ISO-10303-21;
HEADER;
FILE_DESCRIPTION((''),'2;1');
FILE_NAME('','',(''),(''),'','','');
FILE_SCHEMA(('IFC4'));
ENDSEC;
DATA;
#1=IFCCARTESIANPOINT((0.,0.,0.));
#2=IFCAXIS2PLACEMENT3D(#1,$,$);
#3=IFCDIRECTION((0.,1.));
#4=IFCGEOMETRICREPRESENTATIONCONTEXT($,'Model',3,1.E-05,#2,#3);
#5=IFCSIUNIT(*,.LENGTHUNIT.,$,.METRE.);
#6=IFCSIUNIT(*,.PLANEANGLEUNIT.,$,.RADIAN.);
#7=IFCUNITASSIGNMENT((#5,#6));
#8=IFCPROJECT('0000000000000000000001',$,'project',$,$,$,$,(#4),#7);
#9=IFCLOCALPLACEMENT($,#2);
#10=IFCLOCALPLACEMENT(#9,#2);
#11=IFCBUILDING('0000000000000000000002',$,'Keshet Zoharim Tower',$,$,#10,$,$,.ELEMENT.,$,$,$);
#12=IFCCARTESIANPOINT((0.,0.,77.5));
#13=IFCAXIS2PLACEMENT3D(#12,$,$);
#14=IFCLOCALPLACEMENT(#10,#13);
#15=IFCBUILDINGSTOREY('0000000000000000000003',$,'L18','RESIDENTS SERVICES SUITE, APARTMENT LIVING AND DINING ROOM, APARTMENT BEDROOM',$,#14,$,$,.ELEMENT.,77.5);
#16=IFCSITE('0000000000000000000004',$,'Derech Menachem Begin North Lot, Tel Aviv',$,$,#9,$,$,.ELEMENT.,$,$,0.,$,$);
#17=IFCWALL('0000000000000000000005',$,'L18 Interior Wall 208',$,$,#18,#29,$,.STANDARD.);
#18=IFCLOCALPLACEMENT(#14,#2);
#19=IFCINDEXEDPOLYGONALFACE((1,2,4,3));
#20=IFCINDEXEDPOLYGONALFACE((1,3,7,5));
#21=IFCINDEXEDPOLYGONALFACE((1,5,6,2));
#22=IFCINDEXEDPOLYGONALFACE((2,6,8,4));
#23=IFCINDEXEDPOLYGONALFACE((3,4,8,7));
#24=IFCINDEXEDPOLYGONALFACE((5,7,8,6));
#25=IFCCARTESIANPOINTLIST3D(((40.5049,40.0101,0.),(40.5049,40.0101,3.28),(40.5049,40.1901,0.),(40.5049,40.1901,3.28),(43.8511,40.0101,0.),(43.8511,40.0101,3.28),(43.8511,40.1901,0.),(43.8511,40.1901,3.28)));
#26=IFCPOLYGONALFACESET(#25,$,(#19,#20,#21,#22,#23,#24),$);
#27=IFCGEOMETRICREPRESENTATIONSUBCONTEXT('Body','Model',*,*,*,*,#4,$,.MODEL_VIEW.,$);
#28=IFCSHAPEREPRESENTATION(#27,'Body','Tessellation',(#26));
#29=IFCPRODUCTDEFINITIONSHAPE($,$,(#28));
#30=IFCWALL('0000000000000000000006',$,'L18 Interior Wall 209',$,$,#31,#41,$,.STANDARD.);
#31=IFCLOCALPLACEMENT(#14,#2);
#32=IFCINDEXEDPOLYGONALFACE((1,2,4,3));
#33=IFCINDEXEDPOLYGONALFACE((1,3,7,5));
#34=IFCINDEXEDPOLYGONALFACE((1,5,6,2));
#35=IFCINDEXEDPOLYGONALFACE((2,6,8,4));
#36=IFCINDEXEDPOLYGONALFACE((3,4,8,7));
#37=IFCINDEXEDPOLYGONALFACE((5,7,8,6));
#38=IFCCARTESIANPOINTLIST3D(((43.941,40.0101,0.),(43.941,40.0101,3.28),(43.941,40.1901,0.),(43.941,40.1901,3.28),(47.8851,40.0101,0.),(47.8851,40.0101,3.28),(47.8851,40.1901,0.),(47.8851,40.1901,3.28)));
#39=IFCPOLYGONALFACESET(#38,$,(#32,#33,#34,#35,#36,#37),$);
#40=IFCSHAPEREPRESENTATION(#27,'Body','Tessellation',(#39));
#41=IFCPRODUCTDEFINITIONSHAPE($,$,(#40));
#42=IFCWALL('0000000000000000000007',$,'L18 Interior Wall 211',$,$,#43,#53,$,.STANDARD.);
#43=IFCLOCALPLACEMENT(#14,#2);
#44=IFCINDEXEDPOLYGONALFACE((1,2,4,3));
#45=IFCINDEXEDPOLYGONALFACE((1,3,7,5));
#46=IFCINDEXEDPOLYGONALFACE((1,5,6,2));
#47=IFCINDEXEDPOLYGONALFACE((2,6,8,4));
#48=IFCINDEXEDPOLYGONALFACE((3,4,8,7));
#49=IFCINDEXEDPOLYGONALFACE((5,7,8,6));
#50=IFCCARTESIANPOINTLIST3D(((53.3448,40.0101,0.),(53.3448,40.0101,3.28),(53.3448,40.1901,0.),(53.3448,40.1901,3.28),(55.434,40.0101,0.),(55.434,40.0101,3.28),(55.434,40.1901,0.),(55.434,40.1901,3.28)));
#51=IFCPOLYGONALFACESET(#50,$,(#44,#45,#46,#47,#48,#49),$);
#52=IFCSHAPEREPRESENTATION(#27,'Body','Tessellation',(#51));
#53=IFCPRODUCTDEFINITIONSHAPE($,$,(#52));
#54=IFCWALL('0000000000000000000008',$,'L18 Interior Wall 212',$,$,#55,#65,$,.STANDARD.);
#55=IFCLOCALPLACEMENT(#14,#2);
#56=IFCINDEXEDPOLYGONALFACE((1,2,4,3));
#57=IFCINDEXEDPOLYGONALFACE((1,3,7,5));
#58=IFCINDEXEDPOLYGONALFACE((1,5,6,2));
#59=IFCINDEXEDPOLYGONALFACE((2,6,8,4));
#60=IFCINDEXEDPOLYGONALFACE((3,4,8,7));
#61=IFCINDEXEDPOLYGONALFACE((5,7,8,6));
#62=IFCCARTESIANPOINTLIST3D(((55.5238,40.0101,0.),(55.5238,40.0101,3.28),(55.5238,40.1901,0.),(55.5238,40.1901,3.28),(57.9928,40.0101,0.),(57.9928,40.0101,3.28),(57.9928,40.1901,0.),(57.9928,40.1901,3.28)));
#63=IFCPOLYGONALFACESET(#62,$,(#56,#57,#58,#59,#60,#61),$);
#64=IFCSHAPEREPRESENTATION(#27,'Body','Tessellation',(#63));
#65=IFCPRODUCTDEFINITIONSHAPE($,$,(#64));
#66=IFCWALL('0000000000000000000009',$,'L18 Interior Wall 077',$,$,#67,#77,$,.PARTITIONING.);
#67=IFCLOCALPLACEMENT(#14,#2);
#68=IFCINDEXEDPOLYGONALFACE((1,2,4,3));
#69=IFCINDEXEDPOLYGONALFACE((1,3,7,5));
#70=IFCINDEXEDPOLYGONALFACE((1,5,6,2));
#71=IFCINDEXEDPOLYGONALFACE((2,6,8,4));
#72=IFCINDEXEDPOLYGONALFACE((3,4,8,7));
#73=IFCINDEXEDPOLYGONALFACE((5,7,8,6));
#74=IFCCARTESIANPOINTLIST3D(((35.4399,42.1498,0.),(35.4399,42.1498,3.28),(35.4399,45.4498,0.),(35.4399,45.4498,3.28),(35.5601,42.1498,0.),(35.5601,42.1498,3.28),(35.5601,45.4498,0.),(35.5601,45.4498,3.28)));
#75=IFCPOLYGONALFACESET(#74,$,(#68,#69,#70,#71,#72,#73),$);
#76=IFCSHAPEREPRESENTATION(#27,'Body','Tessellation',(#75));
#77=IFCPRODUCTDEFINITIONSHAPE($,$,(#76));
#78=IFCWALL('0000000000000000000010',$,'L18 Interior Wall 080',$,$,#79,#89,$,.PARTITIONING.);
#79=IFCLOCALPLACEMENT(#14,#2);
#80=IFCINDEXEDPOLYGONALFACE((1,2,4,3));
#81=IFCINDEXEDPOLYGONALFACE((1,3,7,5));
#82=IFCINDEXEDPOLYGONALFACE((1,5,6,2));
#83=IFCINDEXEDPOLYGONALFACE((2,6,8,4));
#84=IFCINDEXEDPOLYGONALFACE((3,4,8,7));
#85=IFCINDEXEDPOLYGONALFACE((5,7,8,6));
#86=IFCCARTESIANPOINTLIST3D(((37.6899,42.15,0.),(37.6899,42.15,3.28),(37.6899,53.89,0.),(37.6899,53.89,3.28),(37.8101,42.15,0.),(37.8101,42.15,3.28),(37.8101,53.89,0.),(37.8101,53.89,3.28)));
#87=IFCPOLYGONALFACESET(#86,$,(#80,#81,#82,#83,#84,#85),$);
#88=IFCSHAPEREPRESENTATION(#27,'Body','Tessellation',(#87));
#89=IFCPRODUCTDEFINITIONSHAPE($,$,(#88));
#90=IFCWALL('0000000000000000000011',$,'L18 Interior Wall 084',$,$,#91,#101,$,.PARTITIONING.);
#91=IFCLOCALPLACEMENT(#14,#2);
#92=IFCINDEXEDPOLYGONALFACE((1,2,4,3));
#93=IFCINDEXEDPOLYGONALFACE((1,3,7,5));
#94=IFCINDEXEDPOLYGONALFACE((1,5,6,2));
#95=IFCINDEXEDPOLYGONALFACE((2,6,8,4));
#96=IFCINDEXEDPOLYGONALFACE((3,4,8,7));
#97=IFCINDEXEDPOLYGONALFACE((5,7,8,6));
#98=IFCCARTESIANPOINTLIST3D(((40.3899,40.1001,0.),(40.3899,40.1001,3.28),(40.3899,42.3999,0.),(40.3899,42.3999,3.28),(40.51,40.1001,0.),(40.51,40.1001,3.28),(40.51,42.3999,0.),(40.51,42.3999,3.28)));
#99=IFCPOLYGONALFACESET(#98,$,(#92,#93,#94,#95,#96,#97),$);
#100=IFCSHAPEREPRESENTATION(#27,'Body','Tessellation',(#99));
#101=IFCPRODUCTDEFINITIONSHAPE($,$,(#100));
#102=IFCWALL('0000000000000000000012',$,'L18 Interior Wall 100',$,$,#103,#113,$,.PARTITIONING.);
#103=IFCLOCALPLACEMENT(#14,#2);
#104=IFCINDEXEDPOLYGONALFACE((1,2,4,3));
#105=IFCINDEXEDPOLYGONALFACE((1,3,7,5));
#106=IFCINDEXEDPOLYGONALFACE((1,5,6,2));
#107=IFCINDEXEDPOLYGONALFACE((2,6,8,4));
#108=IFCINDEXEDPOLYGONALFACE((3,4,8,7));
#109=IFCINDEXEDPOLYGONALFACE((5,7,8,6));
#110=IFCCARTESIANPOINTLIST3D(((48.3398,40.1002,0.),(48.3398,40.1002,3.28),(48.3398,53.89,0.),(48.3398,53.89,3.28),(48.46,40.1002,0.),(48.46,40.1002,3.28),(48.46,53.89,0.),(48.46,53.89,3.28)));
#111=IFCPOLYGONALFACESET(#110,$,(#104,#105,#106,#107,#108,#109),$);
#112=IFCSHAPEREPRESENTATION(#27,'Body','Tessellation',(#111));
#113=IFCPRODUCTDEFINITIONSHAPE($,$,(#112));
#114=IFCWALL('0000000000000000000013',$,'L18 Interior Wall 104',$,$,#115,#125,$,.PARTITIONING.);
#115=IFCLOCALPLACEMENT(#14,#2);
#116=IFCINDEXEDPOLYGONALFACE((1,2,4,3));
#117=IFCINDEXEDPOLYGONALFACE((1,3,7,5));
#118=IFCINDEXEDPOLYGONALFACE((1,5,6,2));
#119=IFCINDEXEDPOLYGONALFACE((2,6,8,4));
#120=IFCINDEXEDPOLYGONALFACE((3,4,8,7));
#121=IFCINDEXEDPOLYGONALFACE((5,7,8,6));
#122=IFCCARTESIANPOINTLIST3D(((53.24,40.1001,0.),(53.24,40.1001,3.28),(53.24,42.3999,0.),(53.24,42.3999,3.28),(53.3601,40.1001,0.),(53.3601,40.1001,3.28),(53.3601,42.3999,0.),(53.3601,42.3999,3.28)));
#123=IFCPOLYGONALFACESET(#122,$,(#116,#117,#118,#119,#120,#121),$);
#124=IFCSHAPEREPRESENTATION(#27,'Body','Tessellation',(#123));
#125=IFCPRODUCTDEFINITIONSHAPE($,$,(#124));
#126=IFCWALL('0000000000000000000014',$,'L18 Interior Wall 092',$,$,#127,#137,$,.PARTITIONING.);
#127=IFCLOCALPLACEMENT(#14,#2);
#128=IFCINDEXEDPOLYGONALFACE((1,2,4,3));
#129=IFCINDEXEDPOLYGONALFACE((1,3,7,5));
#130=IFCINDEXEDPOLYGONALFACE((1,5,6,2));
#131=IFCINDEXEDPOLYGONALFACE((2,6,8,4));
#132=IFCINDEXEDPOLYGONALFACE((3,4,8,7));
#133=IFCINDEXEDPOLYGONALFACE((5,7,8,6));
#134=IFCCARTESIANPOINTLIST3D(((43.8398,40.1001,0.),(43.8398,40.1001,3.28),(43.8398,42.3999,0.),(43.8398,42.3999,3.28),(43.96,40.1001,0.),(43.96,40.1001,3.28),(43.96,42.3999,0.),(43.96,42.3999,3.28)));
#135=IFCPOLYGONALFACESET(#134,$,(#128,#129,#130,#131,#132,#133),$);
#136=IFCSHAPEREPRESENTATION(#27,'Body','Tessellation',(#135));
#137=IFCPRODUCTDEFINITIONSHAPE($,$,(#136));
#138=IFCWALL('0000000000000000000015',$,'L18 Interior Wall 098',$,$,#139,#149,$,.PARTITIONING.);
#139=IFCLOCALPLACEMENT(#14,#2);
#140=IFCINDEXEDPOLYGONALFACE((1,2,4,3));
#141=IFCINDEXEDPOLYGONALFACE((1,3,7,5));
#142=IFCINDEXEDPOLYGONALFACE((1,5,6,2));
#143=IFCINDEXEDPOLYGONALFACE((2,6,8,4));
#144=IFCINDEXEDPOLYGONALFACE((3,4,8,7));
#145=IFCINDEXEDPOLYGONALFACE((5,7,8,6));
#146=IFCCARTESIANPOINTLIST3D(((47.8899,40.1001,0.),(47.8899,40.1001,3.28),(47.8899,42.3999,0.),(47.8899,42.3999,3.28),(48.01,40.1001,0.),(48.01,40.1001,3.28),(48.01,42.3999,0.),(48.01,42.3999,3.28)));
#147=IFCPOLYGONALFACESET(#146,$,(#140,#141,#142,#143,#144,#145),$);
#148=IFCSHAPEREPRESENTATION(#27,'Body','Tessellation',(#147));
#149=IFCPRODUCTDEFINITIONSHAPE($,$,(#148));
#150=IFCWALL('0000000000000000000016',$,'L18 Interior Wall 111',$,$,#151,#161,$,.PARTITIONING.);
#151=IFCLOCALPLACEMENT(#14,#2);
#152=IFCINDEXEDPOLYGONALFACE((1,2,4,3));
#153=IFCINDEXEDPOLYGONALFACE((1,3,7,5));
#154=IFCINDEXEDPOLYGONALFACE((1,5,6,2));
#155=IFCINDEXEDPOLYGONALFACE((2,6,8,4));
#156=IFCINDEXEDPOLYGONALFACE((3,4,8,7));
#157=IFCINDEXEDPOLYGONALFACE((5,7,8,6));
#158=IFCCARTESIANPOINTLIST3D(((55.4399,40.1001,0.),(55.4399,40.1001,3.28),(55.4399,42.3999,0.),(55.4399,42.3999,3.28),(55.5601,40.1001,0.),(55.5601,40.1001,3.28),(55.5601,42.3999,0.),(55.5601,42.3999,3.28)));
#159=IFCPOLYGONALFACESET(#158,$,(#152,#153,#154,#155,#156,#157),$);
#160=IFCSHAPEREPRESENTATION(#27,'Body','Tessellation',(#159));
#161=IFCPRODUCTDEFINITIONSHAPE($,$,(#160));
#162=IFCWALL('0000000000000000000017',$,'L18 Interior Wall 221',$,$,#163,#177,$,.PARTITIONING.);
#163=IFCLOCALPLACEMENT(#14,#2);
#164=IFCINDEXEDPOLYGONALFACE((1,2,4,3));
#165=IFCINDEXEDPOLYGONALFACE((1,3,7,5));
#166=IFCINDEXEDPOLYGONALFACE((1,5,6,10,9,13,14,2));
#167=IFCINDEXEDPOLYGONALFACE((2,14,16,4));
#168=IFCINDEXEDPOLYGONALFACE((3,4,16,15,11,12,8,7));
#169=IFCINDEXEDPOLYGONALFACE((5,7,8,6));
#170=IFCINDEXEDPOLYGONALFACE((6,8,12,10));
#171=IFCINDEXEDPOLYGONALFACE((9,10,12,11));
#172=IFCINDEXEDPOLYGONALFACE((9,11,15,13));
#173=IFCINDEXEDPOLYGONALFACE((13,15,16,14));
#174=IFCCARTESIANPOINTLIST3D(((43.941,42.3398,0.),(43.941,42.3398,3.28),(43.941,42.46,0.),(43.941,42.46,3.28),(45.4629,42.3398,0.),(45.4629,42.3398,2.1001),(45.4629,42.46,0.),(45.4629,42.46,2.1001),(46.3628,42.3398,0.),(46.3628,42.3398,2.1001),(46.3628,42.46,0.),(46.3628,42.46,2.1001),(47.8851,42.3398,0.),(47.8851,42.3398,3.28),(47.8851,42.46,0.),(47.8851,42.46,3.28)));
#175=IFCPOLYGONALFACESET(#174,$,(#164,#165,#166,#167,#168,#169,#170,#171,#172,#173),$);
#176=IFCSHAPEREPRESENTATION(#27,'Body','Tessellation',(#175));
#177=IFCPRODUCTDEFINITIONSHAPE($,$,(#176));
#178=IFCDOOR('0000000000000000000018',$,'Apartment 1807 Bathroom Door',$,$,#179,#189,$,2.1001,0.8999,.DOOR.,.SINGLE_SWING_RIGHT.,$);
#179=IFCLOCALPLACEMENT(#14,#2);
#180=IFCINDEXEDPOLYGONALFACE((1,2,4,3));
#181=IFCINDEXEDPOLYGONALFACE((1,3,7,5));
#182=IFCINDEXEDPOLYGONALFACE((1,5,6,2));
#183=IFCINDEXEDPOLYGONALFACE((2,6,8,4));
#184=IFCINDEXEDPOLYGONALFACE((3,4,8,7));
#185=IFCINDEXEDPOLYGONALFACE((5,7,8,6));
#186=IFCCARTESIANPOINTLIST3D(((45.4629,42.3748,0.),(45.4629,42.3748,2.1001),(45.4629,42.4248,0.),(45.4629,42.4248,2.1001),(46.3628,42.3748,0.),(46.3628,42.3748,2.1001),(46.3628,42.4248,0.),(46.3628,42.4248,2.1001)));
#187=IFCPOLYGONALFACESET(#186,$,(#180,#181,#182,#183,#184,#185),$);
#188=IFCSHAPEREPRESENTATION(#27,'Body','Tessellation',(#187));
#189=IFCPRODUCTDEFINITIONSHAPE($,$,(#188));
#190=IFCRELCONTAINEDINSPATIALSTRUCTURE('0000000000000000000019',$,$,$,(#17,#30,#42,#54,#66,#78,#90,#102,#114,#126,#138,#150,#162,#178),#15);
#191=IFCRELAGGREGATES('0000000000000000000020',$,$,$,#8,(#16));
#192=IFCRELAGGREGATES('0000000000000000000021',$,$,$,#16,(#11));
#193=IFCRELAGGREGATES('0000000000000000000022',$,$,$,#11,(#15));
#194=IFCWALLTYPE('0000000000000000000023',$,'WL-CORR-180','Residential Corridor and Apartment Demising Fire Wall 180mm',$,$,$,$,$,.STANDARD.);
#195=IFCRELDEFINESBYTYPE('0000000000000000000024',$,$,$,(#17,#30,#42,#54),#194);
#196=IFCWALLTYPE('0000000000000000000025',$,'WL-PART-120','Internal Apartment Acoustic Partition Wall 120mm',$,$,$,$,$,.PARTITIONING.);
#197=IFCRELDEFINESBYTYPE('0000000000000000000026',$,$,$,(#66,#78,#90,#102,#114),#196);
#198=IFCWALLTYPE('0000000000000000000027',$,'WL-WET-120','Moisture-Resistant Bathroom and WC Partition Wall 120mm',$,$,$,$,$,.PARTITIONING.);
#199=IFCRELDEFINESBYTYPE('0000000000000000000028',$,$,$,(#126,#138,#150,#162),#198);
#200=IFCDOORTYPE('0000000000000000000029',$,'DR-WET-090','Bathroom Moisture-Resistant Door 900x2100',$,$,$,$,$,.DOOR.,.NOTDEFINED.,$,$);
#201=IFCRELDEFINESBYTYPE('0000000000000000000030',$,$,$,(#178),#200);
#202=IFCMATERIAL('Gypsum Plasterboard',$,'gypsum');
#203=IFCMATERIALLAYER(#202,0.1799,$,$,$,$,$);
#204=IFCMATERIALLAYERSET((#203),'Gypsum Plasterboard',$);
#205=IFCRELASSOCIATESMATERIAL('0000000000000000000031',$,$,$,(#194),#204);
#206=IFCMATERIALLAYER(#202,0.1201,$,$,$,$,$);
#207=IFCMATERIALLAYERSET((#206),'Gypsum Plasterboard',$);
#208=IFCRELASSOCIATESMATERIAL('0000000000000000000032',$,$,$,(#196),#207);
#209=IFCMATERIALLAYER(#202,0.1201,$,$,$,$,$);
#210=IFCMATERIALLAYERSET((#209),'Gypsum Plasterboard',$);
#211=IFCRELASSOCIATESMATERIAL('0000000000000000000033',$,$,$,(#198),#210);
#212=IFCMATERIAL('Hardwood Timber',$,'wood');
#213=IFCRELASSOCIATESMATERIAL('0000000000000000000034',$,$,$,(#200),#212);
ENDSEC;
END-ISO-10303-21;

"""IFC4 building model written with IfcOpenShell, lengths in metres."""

from ifc_helpers import new_model, si_unit, direction, frame, frame_2d, origin, place, context, subcontext, project, spatial, rectangle, extrude, material, layer, layer_set, type_object, element, fill, save


model = new_model("IFC4")

# Units and contexts
model_context = context("Model", 3, precision=1e-05, world=origin(), true_north=direction((0.0, 1.0)))
body_context = subcontext(model_context, "Body", "Model", "MODEL_VIEW")
ifc_project = project(units=[si_unit("LENGTHUNIT", "METRE"), si_unit("PLANEANGLEUNIT", "RADIAN")], contexts=[model_context])

# Site, building, storey
site_placement = place(None, origin())
site = spatial("IfcSite", under=ifc_project, at=site_placement, Name="Derech Menachem Begin North Lot, Tel Aviv", CompositionType="ELEMENT", RefElevation=0.0)
building_placement = place(site_placement, origin())
building = spatial("IfcBuilding", under=site, at=building_placement, Name="Keshet Zoharim Tower", CompositionType="ELEMENT")
storey_placement = place(building_placement, frame((0.0, 0.0, 77.5)))
storey = spatial("IfcBuildingStorey", under=building, at=storey_placement, Name="L18", Description="RESIDENTS SERVICES SUITE, APARTMENT LIVING AND DINING ROOM, APARTMENT BEDROOM", CompositionType="ELEMENT", Elevation=77.5)

# Walls
ifc_material_1 = material(Name="Gypsum Plasterboard", Category="gypsum")
ifc_layer_1 = layer(ifc_material_1, 0.1799)
ifc_layer_set_1 = layer_set([ifc_layer_1], Name="Gypsum Plasterboard")
wall_type_1 = type_object("IfcWallType", Name="WL-CORR-180", Description="Residential Corridor and Apartment Demising Fire Wall 180mm", PredefinedType="STANDARD", material=ifc_layer_set_1)
wall_1_placement = place(storey_placement, frame((40.5049, 40.1001, 0.0), z_axis=(0.0, 0.0, 1.0), x_axis=(1.0, 0.0, 0.0)))
element("IfcWall", 1, at=wall_1_placement, inside=storey, type_object=wall_type_1, Name="L18 Interior Wall 208", PredefinedType="STANDARD", context=body_context, shape_type="SweptSolid", body=[
    extrude(rectangle(XDim=3.3462, YDim=0.1799, at=frame_2d((1.6731, 0.0))), origin(), (0.0, 0.0, 1.0), 3.28),
])
wall_2_placement = place(storey_placement, frame((43.9409, 40.1001, 0.0), z_axis=(0.0, 0.0, 1.0), x_axis=(1.0, 0.0, 0.0)))
element("IfcWall", 2, at=wall_2_placement, inside=storey, type_object=wall_type_1, Name="L18 Interior Wall 209", PredefinedType="STANDARD", context=body_context, shape_type="SweptSolid", body=[
    extrude(rectangle(XDim=3.9441, YDim=0.1799, at=frame_2d((1.9722, 0.0))), origin(), (0.0, 0.0, 1.0), 3.28),
])

# Shared definitions
ifc_material_2 = material(Name="Hardwood Timber", Category="wood")

# Walls
wall_3_placement = place(storey_placement, frame((53.345, 40.1001, 0.0), z_axis=(0.0, 0.0, 1.0), x_axis=(1.0, 0.0, 0.0)))
element("IfcWall", 3, at=wall_3_placement, inside=storey, type_object=wall_type_1, Name="L18 Interior Wall 211", PredefinedType="STANDARD", context=body_context, shape_type="SweptSolid", body=[
    extrude(rectangle(XDim=2.0891, YDim=0.1799, at=frame_2d((1.0444, 0.0))), origin(), (0.0, 0.0, 1.0), 3.28),
])
wall_4_placement = place(storey_placement, frame((55.5239, 40.1001, 0.0), z_axis=(0.0, 0.0, 1.0), x_axis=(1.0, 0.0, 0.0)))
element("IfcWall", 4, at=wall_4_placement, inside=storey, type_object=wall_type_1, Name="L18 Interior Wall 212", PredefinedType="STANDARD", context=body_context, shape_type="SweptSolid", body=[
    extrude(rectangle(XDim=2.469, YDim=0.1799, at=frame_2d((1.2344, 0.0))), origin(), (0.0, 0.0, 1.0), 3.28),
])
ifc_layer_2 = layer(ifc_material_1, 0.1201)
ifc_layer_set_2 = layer_set([ifc_layer_2], Name="Gypsum Plasterboard")
wall_type_2 = type_object("IfcWallType", Name="WL-PART-120", Description="Internal Apartment Acoustic Partition Wall 120mm", PredefinedType="PARTITIONING", material=ifc_layer_set_2)
wall_5_placement = place(storey_placement, frame((35.5, 42.1499, 0.0), z_axis=(0.0, 0.0, 1.0), x_axis=(0.0, 1.0, 0.0)))
element("IfcWall", 5, at=wall_5_placement, inside=storey, type_object=wall_type_2, Name="L18 Interior Wall 077", PredefinedType="PARTITIONING", context=body_context, shape_type="SweptSolid", body=[
    extrude(rectangle(XDim=3.3, YDim=0.1201, at=frame_2d((1.6499, 0.0))), origin(), (0.0, 0.0, 1.0), 3.28),
])
wall_6_placement = place(storey_placement, frame((37.75, 42.1499, 0.0), z_axis=(0.0, 0.0, 1.0), x_axis=(0.0, 1.0, 0.0)))
element("IfcWall", 6, at=wall_6_placement, inside=storey, type_object=wall_type_2, Name="L18 Interior Wall 080", PredefinedType="PARTITIONING", context=body_context, shape_type="SweptSolid", body=[
    extrude(rectangle(XDim=11.74, YDim=0.1201, at=frame_2d((5.8701, 0.0))), origin(), (0.0, 0.0, 1.0), 3.28),
])
wall_7_placement = place(storey_placement, frame((40.45, 40.1001, 0.0), z_axis=(0.0, 0.0, 1.0), x_axis=(0.0, 1.0, 0.0)))
element("IfcWall", 7, at=wall_7_placement, inside=storey, type_object=wall_type_2, Name="L18 Interior Wall 084", PredefinedType="PARTITIONING", context=body_context, shape_type="SweptSolid", body=[
    extrude(rectangle(XDim=2.2998, YDim=0.1201, at=frame_2d((1.1499, 0.0))), origin(), (0.0, 0.0, 1.0), 3.28),
])
wall_8_placement = place(storey_placement, frame((48.3999, 40.1001, 0.0), z_axis=(0.0, 0.0, 1.0), x_axis=(0.0, 1.0, 0.0)))
element("IfcWall", 8, at=wall_8_placement, inside=storey, type_object=wall_type_2, Name="L18 Interior Wall 100", PredefinedType="PARTITIONING", context=body_context, shape_type="SweptSolid", body=[
    extrude(rectangle(XDim=13.7898, YDim=0.1201, at=frame_2d((6.895, 0.0))), origin(), (0.0, 0.0, 1.0), 3.28),
])
wall_9_placement = place(storey_placement, frame((53.3, 40.1001, 0.0), z_axis=(0.0, 0.0, 1.0), x_axis=(0.0, 1.0, 0.0)))
element("IfcWall", 9, at=wall_9_placement, inside=storey, type_object=wall_type_2, Name="L18 Interior Wall 104", PredefinedType="PARTITIONING", context=body_context, shape_type="SweptSolid", body=[
    extrude(rectangle(XDim=2.2998, YDim=0.1201, at=frame_2d((1.1499, 0.0))), origin(), (0.0, 0.0, 1.0), 3.28),
])

# Walls
ifc_layer_3 = layer(ifc_material_1, 0.1201)
ifc_layer_set_3 = layer_set([ifc_layer_3], Name="Gypsum Plasterboard")
wall_type_3 = type_object("IfcWallType", Name="WL-WET-120", Description="Moisture-Resistant Bathroom and WC Partition Wall 120mm", PredefinedType="PARTITIONING", material=ifc_layer_set_3)
for number, where, z_axis, x_axis, name in (
    (10, (43.8999, 40.1001, 0.0), (0.0, 0.0, 1.0), (0.0, 1.0, 0.0), "L18 Interior Wall 092"),
    (11, (47.95, 40.1001, 0.0), (0.0, 0.0, 1.0), (0.0, 1.0, 0.0), "L18 Interior Wall 098"),
    (12, (55.5, 40.1001, 0.0), (0.0, 0.0, 1.0), (0.0, 1.0, 0.0), "L18 Interior Wall 111"),
):
    element("IfcWall", number, at=place(storey_placement, frame(where, z_axis=z_axis, x_axis=x_axis)), inside=storey, type_object=wall_type_3, Name=name, PredefinedType="PARTITIONING", context=body_context, shape_type="SweptSolid", body=[
        extrude(rectangle(XDim=2.2998, YDim=0.1201, at=frame_2d((1.1499, 0.0))), origin(), (0.0, 0.0, 1.0), 3.28),
    ])

# Wall, opening, door
wall_10_placement = place(storey_placement, frame((43.9409, 42.3999, 0.0), z_axis=(0.0, 0.0, 1.0), x_axis=(1.0, 0.0, 0.0)))
wall_10 = element("IfcWall", 13, at=wall_10_placement, inside=storey, type_object=wall_type_3, Name="L18 Interior Wall 221", PredefinedType="PARTITIONING", context=body_context, shape_type="SweptSolid", body=[
    extrude(rectangle(XDim=3.9441, YDim=0.1201, at=frame_2d((1.9722, 0.0))), origin(), (0.0, 0.0, 1.0), 3.28),
])
opening_1_placement = place(wall_10_placement, frame((1.522, 0.0, 0.0)))
opening_1 = element("IfcOpeningElement", 14, at=opening_1_placement, cuts=wall_10, PredefinedType="OPENING", context=body_context, shape_type="SweptSolid", body=[
    extrude(rectangle(XDim=0.8999, YDim=2.1001, at=frame_2d((0.45, 1.05))), frame((0.0, 0.0701, 0.0), z_axis=(0.0, -1.0, 0.0), x_axis=(1.0, 0.0, 0.0)), (0.0, 0.0, 1.0), 0.1401),
])
door_type_1 = type_object("IfcDoorType", Name="DR-WET-090", Description="Bathroom Moisture-Resistant Door 900x2100", OperationType="NOTDEFINED", PredefinedType="DOOR", material=ifc_material_2)
door_1_placement = place(opening_1_placement, origin())
door_1 = element("IfcDoor", 15, at=door_1_placement, inside=storey, type_object=door_type_1, Name="Apartment 1807 Bathroom Door", OperationType="SINGLE_SWING_RIGHT", OverallHeight=2.1001, OverallWidth=0.8999, PredefinedType="DOOR", context=body_context, shape_type="SweptSolid", body=[
    extrude(rectangle(XDim=0.8999, YDim=2.1001, at=frame_2d((0.45, 1.05))), frame((0.0, 0.0249, 0.0), z_axis=(0.0, -1.0, 0.0), x_axis=(1.0, 0.0, 0.0)), (0.0, 0.0, 1.0), 0.05),
])
fill(opening_1, door_1)

save(model, "model.ifc")
